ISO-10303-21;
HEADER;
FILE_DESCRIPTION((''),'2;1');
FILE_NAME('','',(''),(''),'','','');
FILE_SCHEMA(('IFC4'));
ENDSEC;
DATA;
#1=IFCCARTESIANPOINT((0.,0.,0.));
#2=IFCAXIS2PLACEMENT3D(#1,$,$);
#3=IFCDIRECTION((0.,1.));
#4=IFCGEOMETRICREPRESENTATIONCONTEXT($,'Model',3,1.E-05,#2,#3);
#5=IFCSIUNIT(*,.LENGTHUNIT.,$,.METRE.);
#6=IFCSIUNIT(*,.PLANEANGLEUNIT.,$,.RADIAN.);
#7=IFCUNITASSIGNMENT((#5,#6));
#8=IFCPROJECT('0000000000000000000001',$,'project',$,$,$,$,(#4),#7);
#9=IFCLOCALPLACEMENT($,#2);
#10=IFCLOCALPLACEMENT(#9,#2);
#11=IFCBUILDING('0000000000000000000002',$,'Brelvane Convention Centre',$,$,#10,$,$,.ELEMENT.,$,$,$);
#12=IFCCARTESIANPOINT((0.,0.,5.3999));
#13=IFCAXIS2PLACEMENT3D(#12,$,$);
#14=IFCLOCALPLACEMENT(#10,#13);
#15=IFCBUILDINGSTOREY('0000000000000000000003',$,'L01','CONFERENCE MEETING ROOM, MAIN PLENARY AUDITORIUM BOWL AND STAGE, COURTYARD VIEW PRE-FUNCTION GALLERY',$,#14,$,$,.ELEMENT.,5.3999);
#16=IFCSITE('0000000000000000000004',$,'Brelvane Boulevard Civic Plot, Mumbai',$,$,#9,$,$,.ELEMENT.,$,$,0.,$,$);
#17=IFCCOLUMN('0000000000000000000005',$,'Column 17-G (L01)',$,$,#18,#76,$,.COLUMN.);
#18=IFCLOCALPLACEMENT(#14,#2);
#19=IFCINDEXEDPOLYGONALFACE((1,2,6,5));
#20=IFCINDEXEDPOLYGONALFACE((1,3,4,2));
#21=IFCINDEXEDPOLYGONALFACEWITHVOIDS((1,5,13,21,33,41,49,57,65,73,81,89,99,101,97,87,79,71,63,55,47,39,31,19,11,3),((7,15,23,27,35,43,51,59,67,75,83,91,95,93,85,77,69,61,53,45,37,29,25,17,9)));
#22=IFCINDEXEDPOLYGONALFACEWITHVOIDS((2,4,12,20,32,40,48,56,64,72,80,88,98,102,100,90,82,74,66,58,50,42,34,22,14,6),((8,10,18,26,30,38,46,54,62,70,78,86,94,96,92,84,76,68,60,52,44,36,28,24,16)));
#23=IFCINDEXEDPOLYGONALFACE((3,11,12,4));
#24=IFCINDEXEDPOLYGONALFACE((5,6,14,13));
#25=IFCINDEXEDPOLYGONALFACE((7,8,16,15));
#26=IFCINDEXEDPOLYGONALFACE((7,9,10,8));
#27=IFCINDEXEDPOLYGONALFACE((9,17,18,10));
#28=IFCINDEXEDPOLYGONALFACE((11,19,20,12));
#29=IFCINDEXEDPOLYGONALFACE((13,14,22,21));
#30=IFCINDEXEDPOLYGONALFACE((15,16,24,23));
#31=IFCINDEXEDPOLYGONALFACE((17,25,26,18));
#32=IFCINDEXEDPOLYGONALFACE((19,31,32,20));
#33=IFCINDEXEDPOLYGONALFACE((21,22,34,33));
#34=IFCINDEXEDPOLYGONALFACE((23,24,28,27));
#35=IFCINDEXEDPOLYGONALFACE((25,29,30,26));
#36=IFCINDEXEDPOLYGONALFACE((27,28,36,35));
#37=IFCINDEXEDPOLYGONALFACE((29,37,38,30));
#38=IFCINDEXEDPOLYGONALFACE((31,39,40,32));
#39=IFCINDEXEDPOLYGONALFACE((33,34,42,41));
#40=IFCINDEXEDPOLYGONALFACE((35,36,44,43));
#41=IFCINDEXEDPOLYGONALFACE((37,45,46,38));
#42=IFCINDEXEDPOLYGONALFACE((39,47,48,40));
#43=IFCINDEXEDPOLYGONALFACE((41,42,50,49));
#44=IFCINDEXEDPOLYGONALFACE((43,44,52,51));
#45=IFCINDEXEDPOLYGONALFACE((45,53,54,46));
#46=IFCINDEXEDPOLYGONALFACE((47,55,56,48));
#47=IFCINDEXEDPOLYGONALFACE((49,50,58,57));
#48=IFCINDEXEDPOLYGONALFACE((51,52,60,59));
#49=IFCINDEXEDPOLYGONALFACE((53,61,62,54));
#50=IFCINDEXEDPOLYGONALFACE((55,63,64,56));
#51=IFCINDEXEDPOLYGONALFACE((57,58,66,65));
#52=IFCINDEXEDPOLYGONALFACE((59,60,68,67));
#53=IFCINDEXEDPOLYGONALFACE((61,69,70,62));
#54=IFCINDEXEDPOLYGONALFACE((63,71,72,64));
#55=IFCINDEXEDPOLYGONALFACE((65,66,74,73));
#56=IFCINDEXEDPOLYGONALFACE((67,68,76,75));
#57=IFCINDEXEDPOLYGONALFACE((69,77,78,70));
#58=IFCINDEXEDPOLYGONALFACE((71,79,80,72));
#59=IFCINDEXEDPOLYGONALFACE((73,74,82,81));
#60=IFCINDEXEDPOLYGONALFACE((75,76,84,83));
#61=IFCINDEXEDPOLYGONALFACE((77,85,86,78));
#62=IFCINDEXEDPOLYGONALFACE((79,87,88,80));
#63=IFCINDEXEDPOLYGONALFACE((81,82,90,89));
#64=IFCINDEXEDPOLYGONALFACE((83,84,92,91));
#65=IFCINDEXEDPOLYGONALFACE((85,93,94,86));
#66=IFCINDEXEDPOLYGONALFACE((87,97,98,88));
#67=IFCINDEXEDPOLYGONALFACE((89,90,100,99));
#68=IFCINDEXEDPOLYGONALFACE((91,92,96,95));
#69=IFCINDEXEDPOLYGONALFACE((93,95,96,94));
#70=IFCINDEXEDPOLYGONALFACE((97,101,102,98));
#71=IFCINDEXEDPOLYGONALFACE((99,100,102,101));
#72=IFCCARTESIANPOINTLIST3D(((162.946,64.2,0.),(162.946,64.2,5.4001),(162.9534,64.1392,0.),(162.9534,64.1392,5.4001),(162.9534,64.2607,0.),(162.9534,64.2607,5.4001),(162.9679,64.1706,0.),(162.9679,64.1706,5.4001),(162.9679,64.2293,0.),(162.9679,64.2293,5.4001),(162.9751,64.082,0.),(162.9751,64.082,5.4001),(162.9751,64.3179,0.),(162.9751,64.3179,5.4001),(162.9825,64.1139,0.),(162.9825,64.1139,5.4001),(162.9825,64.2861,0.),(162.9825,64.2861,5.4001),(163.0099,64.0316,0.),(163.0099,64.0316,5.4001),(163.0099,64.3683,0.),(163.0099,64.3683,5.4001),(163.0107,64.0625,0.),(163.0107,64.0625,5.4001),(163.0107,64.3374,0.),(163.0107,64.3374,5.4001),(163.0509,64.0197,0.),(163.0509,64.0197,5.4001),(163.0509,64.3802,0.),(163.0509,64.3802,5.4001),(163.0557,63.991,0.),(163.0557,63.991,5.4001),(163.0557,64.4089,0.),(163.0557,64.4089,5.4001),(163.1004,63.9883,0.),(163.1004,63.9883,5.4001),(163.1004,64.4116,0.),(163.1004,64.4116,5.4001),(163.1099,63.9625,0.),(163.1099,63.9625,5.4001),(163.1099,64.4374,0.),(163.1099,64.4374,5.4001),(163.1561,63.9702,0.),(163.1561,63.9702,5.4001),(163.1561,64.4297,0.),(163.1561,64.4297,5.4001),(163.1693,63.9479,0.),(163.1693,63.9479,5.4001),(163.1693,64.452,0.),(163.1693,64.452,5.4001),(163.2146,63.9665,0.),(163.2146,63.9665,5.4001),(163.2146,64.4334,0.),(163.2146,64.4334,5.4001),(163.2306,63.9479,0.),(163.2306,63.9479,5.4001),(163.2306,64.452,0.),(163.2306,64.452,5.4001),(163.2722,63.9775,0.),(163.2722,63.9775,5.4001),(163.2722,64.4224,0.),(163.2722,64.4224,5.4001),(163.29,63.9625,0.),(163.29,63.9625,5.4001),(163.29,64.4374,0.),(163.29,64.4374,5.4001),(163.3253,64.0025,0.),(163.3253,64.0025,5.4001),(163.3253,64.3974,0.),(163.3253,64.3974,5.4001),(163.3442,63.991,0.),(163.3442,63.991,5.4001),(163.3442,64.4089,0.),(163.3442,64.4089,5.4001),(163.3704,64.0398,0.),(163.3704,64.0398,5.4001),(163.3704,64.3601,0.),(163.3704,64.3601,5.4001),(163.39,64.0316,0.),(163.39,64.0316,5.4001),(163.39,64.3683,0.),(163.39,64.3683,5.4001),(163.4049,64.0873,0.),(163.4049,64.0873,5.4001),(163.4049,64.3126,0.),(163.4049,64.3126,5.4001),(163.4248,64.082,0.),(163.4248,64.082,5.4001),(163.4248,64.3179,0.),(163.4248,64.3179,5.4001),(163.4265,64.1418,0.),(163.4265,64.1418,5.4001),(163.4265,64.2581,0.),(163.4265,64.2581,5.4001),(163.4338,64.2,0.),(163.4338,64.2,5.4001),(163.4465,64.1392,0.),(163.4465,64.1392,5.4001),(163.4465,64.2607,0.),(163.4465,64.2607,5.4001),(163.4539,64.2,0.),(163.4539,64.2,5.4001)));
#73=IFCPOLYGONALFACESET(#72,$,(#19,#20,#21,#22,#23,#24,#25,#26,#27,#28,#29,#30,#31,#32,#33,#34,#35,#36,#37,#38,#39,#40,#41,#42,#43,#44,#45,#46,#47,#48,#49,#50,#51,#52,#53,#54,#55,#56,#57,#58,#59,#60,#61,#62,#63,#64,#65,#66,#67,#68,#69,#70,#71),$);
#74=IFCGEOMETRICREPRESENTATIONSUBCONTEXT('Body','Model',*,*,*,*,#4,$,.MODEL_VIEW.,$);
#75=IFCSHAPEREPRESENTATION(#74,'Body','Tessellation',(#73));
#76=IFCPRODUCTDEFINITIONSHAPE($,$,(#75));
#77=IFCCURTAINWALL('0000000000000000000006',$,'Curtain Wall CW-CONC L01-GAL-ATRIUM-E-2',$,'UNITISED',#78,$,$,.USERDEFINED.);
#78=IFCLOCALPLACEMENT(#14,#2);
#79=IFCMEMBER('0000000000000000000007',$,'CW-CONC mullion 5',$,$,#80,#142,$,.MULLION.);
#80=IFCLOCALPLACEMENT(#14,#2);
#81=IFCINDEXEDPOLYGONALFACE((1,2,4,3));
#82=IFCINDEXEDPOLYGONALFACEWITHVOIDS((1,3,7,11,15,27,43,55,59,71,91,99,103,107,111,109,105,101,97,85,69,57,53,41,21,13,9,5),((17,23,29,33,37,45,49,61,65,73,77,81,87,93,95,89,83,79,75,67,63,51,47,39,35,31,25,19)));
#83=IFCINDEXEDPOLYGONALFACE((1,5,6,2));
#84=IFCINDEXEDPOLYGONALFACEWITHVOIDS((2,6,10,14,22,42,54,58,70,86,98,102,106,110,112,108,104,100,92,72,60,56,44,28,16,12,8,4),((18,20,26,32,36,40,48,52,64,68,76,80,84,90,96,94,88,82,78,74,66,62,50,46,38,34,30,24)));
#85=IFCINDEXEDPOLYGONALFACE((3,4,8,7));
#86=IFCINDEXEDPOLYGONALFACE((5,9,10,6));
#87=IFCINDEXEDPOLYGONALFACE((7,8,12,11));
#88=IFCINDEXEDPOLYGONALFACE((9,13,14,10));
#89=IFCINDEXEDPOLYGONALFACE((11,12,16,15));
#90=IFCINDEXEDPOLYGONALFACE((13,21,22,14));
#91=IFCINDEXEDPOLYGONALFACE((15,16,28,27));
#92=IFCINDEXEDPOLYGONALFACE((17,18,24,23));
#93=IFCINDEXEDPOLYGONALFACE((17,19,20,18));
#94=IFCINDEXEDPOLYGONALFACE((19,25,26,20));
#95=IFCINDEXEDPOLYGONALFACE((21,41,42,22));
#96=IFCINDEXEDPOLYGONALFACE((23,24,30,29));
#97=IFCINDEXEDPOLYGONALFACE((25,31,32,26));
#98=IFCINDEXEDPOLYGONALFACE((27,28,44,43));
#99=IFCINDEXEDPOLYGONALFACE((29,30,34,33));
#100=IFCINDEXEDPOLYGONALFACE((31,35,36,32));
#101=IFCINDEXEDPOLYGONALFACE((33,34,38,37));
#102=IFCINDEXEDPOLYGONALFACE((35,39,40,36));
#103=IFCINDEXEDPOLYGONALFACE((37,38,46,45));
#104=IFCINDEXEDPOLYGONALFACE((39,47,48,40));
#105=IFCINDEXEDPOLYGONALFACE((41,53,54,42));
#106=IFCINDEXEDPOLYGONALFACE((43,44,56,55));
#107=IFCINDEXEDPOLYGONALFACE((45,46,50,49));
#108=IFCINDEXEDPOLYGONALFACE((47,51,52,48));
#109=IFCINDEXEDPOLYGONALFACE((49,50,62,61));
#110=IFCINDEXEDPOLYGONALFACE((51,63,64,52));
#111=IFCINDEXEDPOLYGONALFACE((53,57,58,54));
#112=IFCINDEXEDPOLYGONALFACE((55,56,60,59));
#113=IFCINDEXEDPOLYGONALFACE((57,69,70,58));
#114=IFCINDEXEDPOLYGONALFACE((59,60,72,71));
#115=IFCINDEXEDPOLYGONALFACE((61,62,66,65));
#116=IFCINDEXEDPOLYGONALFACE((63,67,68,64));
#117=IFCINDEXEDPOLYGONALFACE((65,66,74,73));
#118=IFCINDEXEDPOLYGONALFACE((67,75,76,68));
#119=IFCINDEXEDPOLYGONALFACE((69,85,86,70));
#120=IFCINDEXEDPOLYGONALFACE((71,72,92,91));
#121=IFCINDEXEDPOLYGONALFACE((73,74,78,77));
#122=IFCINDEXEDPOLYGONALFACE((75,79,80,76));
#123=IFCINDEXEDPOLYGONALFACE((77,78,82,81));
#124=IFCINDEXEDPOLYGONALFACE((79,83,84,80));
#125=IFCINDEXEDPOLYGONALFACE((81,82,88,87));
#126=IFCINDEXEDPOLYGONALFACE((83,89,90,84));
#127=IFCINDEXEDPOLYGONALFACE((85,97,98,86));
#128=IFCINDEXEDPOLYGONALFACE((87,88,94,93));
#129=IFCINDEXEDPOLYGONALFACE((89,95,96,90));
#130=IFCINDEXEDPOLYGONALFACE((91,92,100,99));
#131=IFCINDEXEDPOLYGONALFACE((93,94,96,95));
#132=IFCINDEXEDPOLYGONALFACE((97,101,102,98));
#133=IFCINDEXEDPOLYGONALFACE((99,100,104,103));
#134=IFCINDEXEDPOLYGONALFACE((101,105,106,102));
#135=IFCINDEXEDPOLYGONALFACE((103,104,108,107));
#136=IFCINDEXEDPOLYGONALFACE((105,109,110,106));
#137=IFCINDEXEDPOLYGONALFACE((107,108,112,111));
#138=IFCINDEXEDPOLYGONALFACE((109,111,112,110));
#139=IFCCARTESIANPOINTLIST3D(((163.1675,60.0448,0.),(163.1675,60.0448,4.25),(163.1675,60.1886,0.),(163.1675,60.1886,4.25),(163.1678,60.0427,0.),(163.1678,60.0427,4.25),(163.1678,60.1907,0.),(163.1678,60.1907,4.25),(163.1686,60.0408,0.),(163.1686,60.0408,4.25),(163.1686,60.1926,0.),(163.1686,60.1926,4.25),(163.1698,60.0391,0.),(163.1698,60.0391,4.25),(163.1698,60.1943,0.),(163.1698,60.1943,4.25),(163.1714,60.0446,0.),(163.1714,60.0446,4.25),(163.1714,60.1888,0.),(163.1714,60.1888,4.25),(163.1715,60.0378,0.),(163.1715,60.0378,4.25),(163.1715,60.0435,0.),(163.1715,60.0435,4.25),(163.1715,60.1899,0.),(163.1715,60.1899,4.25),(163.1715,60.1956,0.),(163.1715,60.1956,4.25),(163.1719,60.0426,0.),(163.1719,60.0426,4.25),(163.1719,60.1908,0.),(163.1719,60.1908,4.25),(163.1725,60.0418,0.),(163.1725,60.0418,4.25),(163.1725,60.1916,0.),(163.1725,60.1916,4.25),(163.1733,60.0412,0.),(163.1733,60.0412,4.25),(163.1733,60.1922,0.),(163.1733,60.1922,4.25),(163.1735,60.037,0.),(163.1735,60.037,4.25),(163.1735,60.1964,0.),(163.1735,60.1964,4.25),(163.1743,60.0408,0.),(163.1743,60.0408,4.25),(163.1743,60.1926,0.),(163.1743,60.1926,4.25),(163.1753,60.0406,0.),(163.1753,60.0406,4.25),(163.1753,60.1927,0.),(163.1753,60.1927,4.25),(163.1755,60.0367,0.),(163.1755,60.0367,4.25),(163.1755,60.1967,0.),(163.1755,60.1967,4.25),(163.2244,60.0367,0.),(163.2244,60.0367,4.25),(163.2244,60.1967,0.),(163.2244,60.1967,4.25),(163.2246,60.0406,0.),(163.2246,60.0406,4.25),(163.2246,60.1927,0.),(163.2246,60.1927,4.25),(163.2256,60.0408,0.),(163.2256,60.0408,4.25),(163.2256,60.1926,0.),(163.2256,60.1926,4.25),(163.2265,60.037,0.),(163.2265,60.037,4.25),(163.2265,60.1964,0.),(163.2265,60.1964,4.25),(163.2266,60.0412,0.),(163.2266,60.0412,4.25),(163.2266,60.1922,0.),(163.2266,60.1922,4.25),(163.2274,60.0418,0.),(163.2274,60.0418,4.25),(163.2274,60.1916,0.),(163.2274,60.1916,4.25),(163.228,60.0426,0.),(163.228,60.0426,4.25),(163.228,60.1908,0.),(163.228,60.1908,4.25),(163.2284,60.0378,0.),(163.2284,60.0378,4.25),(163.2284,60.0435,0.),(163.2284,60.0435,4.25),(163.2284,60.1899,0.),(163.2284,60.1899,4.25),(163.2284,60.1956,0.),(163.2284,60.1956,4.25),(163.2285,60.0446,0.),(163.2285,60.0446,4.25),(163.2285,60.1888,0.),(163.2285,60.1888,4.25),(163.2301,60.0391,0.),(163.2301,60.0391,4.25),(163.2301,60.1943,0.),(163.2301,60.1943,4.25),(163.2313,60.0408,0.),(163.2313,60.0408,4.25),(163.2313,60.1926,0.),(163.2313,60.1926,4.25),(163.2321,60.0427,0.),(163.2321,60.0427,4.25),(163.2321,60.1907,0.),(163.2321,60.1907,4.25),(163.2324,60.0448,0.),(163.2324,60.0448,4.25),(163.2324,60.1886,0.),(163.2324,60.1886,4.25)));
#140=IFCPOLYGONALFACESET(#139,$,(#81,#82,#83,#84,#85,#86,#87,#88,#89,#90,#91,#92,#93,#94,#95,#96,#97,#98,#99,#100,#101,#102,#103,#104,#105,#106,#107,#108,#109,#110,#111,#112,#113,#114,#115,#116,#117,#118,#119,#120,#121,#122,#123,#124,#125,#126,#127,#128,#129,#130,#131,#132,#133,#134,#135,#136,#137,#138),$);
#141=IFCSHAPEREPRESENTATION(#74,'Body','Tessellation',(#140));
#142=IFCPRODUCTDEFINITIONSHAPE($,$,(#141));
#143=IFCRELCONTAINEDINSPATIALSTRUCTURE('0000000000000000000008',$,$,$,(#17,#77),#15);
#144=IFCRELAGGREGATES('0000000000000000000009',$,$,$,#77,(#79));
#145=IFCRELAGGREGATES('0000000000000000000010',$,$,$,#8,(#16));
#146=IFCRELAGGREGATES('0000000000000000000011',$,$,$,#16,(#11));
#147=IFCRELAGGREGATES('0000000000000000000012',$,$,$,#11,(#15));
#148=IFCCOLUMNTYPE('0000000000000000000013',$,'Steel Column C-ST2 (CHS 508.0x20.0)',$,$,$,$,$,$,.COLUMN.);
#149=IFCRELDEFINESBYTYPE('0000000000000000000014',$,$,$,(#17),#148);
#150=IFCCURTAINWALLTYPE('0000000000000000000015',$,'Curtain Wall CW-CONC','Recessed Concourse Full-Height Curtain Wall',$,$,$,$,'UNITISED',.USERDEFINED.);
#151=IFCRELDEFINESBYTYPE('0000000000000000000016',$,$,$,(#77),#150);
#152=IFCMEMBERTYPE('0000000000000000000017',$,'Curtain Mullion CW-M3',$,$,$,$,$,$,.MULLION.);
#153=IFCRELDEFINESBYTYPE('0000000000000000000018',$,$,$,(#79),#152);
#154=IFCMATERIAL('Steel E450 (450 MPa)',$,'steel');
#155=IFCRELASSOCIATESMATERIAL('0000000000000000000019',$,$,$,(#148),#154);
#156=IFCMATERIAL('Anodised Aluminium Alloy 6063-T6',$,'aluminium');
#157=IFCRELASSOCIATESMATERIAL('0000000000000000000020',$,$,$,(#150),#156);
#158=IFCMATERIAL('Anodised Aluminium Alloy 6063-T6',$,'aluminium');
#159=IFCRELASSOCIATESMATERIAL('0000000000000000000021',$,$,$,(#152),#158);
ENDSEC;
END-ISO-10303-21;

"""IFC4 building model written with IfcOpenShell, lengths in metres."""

from ifc_helpers import new_model, si_unit, direction, frame, origin, origin_2d, place, context, subcontext, project, spatial, hollow_rectangle, hollow_circle, extrude, material, material_profile, profile_set, type_object, element, aggregate, save


model = new_model("IFC4")

# Units and contexts
model_context = context("Model", 3, precision=1e-05, world=origin(), true_north=direction((0.0, 1.0)))
body_context = subcontext(model_context, "Body", "Model", "MODEL_VIEW")
ifc_project = project(units=[si_unit("LENGTHUNIT", "METRE"), si_unit("PLANEANGLEUNIT", "RADIAN")], contexts=[model_context])

# Site, building, storey
site_placement = place(None, origin())
site = spatial("IfcSite", under=ifc_project, at=site_placement, Name="Brelvane Boulevard Civic Plot, Mumbai", CompositionType="ELEMENT", RefElevation=0.0)
building_placement = place(site_placement, origin())
building = spatial("IfcBuilding", under=site, at=building_placement, Name="Brelvane Convention Centre", CompositionType="ELEMENT")
storey_placement = place(building_placement, frame((0.0, 0.0, 5.3999)))
storey = spatial("IfcBuildingStorey", under=building, at=storey_placement, Name="L01", Description="CONFERENCE MEETING ROOM, MAIN PLENARY AUDITORIUM BOWL AND STAGE, COURTYARD VIEW PRE-FUNCTION GALLERY", CompositionType="ELEMENT", Elevation=5.3999)

# Column
ifc_material_1 = material(Name="Steel E450 (450 MPa)", Category="steel")
ifc_material_profile_1 = material_profile(ifc_material_1, hollow_circle(Radius=0.2539, WallThickness=0.02, at=origin_2d()), Name="CHS 508.0x20.0")
ifc_profile_set_1 = profile_set([ifc_material_profile_1], Name="Steel E450 (450 MPa)")
column_type = type_object("IfcColumnType", Name="Steel Column C-ST2 (CHS 508.0x20.0)", PredefinedType="COLUMN", material=ifc_profile_set_1)
column_placement = place(storey_placement, frame((163.2, 64.2, 0.0), z_axis=(0.0, 0.0, 1.0), x_axis=(1.0, 0.0, 0.0)))
element("IfcColumn", 1, at=column_placement, inside=storey, type_object=column_type, Name="Column 17-G (L01)", PredefinedType="COLUMN", context=body_context, shape_type="SweptSolid", body=[
    extrude(hollow_circle(Radius=0.2539, WallThickness=0.02, at=origin_2d()), origin(), (0.0, 0.0, 1.0), 5.4001),
])

# Curtain wall, member
ifc_material_2 = material(Name="Anodised Aluminium Alloy 6063-T6", Category="aluminium")
curtain_wall_type = type_object("IfcCurtainWallType", Name="Curtain Wall CW-CONC", Description="Recessed Concourse Full-Height Curtain Wall", ElementType="UNITISED", PredefinedType="USERDEFINED", material=ifc_material_2)
curtain_wall_1_placement = place(storey_placement, origin())
curtain_wall_1 = element("IfcCurtainWall", 2, at=curtain_wall_1_placement, inside=storey, type_object=curtain_wall_type, Name="Curtain Wall CW-CONC L01-GAL-ATRIUM-E-2", ObjectType="UNITISED", PredefinedType="USERDEFINED")
ifc_material_3 = material(Name="Anodised Aluminium Alloy 6063-T6", Category="aluminium")
ifc_material_profile_2 = material_profile(ifc_material_3, hollow_rectangle(XDim=0.0649, YDim=0.1599, WallThickness=0.0039, InnerFilletRadius=0.0039, OuterFilletRadius=0.0081, at=origin_2d()), Name="ALU-M 160x65x4.0")
ifc_profile_set_2 = profile_set([ifc_material_profile_2], Name="Anodised Aluminium Alloy 6063-T6")
member_type_1 = type_object("IfcMemberType", Name="Curtain Mullion CW-M3", PredefinedType="MULLION", material=ifc_profile_set_2)
member_1_placement = place(storey_placement, frame((163.2, 60.1167, 0.0), z_axis=(0.0, 0.0, 1.0), x_axis=(-1.0, 0.0, 0.0)))
member_1 = element("IfcMember", 3, at=member_1_placement, type_object=member_type_1, Name="CW-CONC mullion 5", PredefinedType="MULLION", context=body_context, shape_type="SweptSolid", body=[
    extrude(hollow_rectangle(XDim=0.0649, YDim=0.1599, WallThickness=0.0039, InnerFilletRadius=0.0039, OuterFilletRadius=0.0081, at=origin_2d()), origin(), (0.0, 0.0, 1.0), 4.25),
])

aggregate(curtain_wall_1, [member_1])

save(model, "model.ifc")
